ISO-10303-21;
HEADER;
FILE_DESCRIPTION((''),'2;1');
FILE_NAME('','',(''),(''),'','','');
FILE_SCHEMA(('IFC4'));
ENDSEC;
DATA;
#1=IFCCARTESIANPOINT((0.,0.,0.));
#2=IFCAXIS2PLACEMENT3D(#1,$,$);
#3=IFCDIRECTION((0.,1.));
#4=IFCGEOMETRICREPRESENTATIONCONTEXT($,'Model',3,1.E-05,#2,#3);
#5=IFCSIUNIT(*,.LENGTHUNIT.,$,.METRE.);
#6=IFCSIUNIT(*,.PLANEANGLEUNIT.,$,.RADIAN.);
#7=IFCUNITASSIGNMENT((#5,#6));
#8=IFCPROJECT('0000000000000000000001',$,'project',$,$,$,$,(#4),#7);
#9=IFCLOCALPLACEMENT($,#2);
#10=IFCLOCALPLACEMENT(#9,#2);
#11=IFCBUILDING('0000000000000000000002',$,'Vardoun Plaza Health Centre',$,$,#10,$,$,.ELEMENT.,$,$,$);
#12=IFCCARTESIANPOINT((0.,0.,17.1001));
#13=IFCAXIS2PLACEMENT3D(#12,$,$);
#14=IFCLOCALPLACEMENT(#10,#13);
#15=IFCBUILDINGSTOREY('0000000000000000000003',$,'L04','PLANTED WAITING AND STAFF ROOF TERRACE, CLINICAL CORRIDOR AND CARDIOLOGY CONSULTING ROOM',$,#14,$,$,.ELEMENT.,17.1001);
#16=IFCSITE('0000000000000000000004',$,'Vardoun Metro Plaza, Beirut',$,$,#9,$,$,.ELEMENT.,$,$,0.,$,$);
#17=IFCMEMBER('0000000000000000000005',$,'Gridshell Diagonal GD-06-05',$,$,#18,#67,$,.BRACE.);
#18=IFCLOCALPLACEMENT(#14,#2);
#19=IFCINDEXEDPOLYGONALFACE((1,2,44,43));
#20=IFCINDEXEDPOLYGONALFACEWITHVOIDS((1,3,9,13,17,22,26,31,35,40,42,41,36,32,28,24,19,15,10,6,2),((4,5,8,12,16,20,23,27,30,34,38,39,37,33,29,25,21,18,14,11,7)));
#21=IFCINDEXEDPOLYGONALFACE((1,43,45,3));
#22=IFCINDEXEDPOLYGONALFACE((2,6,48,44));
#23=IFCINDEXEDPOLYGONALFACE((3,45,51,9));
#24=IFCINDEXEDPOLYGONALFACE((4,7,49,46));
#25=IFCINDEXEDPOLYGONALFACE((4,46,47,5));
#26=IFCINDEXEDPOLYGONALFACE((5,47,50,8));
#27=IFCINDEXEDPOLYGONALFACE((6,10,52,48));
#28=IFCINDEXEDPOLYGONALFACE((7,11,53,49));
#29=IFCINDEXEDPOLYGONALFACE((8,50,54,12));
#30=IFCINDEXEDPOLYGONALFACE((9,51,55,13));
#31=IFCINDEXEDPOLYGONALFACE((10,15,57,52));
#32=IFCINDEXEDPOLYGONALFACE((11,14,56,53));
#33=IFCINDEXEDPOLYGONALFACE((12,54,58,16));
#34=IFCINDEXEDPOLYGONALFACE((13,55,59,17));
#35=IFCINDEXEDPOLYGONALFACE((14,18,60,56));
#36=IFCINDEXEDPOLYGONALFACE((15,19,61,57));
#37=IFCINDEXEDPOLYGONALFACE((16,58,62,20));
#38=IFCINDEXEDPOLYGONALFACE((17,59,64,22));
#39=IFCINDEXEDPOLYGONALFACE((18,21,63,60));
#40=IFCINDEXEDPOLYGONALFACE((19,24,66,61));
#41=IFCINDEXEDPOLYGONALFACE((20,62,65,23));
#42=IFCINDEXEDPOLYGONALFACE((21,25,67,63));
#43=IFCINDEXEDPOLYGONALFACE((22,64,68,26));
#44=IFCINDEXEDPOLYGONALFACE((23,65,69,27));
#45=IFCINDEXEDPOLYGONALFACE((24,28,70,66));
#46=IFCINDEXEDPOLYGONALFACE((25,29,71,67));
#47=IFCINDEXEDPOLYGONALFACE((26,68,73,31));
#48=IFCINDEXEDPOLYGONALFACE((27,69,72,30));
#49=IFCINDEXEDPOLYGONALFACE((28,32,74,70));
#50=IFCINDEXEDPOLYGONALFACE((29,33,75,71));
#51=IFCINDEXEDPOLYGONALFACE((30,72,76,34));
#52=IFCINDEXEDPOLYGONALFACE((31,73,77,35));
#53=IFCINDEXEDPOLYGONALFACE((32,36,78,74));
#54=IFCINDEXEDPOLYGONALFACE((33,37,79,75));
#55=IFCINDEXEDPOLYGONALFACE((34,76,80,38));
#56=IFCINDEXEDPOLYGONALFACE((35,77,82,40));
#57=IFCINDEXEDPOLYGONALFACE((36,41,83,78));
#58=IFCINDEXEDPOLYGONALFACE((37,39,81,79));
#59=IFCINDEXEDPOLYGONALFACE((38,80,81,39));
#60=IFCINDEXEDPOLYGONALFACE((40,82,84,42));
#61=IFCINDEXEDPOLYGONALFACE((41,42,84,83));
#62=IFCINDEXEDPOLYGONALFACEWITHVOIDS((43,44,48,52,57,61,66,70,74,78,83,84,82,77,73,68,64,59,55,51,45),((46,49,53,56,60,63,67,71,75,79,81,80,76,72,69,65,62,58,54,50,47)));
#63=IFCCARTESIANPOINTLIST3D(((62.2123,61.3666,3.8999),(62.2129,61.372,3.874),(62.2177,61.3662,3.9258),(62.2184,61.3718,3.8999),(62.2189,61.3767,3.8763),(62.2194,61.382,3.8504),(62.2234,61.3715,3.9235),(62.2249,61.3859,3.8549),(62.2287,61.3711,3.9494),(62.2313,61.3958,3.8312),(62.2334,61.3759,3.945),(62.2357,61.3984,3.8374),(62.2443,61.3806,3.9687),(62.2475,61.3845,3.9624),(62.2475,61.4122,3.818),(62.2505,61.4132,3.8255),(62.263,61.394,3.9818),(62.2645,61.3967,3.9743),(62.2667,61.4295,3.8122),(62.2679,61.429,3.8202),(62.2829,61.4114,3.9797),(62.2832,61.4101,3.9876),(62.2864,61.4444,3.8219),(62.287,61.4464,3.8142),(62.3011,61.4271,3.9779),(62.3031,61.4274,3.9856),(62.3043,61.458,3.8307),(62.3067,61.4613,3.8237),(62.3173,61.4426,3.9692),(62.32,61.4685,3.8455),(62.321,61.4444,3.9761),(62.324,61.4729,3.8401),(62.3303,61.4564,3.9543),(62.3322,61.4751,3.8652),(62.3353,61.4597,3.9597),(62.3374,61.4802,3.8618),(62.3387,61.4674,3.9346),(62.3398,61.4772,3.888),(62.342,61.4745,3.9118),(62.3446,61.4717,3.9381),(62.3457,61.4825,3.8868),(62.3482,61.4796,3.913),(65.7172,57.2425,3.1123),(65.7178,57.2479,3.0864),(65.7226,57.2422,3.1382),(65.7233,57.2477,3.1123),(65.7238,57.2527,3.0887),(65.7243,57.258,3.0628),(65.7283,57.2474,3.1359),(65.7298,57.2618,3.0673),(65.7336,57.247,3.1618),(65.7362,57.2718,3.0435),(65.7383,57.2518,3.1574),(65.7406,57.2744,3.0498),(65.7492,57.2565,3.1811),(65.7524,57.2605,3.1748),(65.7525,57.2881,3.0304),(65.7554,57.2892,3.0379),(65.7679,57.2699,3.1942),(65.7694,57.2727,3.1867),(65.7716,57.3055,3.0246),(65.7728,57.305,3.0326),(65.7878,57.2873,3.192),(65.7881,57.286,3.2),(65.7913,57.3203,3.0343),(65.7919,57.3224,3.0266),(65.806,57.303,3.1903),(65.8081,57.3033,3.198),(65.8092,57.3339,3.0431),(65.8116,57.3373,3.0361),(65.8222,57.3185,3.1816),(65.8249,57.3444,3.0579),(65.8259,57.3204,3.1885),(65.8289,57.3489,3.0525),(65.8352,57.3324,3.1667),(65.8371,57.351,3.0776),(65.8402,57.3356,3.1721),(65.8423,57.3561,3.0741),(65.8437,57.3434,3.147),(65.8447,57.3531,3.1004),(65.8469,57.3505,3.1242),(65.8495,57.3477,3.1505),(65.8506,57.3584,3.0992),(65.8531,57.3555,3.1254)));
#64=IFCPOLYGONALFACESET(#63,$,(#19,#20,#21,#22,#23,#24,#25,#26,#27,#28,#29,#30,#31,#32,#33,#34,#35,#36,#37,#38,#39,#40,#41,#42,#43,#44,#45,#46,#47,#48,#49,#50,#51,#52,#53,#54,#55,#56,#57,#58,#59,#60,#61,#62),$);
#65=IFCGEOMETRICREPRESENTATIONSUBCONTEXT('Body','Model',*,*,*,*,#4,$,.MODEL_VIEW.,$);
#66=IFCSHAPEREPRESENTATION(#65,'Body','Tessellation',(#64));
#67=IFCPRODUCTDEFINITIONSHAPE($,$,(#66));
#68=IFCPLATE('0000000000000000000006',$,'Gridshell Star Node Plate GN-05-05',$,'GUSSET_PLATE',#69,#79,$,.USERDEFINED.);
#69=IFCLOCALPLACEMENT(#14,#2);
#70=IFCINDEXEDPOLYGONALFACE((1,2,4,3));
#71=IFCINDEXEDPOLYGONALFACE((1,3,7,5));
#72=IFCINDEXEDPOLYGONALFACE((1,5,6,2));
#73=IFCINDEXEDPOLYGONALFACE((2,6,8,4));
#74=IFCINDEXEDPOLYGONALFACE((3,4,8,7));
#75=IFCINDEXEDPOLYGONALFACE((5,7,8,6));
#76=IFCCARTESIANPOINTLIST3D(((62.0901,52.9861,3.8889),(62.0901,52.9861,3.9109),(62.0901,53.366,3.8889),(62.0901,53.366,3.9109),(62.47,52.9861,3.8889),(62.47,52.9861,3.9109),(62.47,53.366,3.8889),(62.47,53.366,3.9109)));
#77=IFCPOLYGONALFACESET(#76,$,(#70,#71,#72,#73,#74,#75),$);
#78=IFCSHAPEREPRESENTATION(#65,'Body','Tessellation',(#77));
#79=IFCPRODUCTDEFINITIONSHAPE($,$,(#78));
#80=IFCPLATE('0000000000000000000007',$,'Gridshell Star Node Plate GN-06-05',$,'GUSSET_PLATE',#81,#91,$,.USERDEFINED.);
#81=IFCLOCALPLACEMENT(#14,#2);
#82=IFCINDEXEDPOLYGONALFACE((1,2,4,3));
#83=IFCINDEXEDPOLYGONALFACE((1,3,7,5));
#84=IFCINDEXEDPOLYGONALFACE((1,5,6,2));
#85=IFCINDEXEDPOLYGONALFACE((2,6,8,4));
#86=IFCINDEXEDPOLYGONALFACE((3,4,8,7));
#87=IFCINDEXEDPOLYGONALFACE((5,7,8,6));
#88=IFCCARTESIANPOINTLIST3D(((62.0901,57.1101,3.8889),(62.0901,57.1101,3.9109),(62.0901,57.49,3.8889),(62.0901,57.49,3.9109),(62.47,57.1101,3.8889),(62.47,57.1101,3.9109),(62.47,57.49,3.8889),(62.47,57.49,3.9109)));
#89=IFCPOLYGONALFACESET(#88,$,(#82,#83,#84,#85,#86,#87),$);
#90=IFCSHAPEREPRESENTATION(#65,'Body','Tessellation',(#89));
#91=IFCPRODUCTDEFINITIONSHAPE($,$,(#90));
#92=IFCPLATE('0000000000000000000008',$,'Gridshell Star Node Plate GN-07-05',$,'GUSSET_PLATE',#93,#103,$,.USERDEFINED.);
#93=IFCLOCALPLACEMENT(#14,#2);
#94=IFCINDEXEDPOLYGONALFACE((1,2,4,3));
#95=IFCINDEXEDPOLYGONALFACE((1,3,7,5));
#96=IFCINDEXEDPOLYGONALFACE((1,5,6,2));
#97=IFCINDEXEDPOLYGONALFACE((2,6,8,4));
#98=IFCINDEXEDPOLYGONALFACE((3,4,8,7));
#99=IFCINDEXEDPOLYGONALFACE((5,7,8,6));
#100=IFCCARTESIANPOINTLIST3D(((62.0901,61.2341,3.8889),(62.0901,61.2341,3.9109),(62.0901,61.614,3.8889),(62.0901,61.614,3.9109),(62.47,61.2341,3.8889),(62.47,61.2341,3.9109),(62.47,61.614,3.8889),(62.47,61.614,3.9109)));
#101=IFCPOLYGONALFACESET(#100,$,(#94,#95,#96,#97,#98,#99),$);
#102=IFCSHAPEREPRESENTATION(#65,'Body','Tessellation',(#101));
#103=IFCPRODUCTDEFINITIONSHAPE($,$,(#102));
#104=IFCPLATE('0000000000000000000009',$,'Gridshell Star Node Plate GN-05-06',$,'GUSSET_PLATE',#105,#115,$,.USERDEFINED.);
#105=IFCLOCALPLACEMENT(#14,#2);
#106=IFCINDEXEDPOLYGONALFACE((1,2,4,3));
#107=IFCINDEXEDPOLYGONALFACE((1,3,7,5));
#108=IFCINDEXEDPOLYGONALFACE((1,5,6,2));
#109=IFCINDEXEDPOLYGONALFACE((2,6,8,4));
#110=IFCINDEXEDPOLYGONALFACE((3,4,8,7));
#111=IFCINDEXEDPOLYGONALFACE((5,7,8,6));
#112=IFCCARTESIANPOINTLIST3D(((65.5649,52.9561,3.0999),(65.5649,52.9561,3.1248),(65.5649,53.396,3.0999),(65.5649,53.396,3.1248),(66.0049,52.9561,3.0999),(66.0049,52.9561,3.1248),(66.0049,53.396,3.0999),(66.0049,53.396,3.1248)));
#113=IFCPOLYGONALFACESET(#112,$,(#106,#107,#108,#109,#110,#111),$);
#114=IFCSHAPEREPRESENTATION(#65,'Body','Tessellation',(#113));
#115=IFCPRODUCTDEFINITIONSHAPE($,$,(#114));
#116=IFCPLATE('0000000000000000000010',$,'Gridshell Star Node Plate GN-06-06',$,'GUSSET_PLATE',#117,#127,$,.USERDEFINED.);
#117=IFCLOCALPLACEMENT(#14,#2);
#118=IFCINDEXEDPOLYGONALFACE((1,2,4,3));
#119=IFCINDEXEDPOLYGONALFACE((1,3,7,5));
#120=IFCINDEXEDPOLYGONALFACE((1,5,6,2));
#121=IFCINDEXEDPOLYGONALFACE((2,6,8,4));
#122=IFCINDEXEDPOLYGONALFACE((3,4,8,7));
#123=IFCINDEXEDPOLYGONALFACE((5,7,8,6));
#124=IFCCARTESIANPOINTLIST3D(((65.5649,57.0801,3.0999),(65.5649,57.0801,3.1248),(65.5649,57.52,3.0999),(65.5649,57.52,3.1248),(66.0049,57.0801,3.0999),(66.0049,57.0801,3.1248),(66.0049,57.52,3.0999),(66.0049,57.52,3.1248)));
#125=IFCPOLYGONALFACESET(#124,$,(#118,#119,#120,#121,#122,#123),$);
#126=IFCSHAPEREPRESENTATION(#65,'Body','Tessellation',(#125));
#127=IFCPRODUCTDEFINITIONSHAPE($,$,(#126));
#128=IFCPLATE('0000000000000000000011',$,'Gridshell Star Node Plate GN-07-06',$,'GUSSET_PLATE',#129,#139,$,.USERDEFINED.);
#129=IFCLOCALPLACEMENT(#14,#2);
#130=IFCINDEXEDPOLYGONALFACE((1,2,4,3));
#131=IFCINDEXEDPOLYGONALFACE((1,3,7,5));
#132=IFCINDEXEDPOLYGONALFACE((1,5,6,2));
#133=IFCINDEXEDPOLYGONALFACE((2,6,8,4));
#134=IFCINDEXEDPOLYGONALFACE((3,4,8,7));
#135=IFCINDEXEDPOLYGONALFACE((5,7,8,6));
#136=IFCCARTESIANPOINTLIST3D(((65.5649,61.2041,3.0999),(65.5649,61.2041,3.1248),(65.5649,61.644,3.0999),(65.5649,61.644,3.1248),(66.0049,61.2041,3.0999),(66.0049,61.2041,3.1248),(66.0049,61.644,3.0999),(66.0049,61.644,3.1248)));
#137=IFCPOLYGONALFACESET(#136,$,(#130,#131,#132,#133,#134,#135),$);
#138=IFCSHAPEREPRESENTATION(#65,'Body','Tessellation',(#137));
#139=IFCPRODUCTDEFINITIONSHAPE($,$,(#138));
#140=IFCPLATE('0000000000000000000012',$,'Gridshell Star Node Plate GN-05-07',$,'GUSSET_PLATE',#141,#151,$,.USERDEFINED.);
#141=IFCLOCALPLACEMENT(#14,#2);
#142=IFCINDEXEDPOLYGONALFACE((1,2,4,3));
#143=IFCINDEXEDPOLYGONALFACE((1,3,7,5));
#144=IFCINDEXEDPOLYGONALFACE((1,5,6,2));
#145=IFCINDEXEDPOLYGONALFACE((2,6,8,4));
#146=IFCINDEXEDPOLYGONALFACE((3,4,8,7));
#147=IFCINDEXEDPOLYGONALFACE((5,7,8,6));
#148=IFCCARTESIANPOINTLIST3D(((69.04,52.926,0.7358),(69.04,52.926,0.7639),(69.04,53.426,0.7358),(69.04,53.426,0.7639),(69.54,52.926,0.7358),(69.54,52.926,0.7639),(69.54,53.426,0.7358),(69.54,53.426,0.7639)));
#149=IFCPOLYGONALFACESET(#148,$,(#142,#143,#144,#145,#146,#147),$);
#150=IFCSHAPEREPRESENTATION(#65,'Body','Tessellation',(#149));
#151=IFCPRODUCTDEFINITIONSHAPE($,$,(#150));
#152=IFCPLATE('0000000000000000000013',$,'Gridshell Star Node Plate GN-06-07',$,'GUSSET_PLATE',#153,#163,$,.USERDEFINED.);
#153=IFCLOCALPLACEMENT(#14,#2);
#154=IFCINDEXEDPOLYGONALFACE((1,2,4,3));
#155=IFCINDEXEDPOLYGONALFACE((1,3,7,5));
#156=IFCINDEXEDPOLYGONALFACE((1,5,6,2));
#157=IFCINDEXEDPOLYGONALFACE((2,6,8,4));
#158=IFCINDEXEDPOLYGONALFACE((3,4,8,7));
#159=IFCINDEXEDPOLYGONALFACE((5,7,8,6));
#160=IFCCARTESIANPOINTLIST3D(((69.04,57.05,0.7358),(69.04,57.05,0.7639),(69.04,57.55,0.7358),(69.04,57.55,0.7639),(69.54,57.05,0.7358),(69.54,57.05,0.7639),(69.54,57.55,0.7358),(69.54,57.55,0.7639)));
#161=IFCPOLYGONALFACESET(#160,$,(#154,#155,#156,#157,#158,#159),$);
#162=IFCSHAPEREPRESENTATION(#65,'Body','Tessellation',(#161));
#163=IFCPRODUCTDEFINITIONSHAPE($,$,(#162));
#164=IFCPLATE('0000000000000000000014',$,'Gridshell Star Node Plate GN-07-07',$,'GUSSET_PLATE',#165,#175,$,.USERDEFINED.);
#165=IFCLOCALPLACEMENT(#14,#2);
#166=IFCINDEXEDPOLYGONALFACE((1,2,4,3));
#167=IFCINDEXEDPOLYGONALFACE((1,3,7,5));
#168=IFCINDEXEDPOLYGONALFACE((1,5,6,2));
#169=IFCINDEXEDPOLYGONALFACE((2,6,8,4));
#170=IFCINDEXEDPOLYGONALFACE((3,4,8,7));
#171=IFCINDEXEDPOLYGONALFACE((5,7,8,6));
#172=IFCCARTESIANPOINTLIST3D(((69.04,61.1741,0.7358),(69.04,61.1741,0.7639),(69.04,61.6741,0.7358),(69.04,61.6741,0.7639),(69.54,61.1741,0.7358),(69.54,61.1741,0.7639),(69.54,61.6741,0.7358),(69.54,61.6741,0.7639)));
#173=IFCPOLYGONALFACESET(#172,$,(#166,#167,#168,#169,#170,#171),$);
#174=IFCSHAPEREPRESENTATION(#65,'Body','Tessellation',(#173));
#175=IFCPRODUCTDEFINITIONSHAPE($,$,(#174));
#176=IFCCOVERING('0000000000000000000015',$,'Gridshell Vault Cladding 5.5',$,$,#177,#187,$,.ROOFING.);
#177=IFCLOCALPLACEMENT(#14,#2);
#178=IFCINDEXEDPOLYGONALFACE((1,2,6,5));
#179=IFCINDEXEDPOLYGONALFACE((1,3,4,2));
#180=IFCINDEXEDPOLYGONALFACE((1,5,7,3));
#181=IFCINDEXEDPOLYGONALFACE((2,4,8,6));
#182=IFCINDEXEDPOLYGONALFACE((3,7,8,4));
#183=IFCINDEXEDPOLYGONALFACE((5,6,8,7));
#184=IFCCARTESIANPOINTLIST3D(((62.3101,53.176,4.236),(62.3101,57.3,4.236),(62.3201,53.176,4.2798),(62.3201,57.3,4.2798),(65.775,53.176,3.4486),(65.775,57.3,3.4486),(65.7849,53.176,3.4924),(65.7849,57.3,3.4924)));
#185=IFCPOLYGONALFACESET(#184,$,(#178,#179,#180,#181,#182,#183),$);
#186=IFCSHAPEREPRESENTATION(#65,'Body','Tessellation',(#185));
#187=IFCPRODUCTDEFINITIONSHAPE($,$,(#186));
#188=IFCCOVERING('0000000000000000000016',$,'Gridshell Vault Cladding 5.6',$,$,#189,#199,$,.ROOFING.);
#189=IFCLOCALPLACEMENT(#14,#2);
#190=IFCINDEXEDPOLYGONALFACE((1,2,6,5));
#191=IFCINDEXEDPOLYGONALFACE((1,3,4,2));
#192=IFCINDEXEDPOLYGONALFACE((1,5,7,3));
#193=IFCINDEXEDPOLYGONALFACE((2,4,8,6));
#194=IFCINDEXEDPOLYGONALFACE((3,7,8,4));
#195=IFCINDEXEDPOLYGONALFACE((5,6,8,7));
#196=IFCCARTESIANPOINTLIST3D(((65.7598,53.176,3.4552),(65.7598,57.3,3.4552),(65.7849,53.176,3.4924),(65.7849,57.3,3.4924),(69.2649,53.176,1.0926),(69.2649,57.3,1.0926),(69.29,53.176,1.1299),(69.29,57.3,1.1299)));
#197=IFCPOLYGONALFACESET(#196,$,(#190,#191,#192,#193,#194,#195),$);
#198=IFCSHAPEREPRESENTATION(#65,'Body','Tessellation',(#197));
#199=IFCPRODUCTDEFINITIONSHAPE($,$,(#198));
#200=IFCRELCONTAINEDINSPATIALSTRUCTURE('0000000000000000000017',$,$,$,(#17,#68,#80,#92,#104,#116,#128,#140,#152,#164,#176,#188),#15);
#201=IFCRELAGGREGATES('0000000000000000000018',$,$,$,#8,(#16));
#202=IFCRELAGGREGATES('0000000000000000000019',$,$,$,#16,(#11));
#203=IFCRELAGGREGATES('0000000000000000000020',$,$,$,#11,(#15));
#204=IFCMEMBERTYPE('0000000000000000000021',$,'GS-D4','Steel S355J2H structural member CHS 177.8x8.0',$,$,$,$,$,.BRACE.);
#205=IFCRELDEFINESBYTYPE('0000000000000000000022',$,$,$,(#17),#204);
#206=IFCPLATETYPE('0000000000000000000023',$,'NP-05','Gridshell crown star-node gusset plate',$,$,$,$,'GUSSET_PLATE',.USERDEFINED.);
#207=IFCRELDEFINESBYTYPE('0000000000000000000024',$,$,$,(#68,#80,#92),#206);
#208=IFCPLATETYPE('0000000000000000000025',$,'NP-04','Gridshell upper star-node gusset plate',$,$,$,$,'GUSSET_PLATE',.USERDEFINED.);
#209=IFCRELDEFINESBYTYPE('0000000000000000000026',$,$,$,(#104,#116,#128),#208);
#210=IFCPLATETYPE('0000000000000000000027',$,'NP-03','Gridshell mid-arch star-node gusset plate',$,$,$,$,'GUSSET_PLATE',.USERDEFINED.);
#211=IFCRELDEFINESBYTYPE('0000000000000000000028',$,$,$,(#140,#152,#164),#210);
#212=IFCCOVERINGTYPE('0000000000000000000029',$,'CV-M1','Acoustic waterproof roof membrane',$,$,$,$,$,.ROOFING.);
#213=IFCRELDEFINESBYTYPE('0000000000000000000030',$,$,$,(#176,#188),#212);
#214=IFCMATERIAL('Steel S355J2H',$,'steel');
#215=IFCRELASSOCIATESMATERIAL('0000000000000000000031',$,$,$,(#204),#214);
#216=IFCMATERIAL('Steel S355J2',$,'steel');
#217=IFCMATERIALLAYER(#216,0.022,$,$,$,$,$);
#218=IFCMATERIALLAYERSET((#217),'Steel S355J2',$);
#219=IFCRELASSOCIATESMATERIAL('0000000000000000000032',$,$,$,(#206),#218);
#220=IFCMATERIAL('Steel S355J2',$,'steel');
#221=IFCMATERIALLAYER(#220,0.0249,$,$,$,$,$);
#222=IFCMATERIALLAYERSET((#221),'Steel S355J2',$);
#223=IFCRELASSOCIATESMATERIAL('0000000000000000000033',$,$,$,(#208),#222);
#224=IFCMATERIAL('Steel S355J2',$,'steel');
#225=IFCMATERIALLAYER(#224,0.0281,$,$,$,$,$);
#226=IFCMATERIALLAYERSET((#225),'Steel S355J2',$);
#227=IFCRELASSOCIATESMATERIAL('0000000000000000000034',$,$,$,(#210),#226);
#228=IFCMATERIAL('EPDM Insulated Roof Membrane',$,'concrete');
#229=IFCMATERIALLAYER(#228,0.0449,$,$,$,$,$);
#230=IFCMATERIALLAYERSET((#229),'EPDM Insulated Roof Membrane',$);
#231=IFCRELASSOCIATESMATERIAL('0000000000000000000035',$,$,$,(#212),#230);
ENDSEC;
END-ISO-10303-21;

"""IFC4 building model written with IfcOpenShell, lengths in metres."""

from ifc_helpers import new_model, si_unit, direction, frame, origin, origin_2d, place, context, subcontext, project, spatial, polyline, rectangle, hollow_circle, outline, extrude, material, layer, layer_set, material_profile, profile_set, type_object, element, save


model = new_model("IFC4")

# Units and contexts
model_context = context("Model", 3, precision=1e-05, world=origin(), true_north=direction((0.0, 1.0)))
body_context = subcontext(model_context, "Body", "Model", "MODEL_VIEW")
ifc_project = project(units=[si_unit("LENGTHUNIT", "METRE"), si_unit("PLANEANGLEUNIT", "RADIAN")], contexts=[model_context])

# Site, building, storey
site_placement = place(None, origin())
site = spatial("IfcSite", under=ifc_project, at=site_placement, Name="Vardoun Metro Plaza, Beirut", CompositionType="ELEMENT", RefElevation=0.0)
building_placement = place(site_placement, origin())
building = spatial("IfcBuilding", under=site, at=building_placement, Name="Vardoun Plaza Health Centre", CompositionType="ELEMENT")
storey_placement = place(building_placement, frame((0.0, 0.0, 17.1001)))
storey = spatial("IfcBuildingStorey", under=building, at=storey_placement, Name="L04", Description="PLANTED WAITING AND STAFF ROOF TERRACE, CLINICAL CORRIDOR AND CARDIOLOGY CONSULTING ROOM", CompositionType="ELEMENT", Elevation=17.1001)

# Member
ifc_material_1 = material(Name="Steel S355J2H", Category="steel")
ifc_material_profile_1 = material_profile(ifc_material_1, hollow_circle(Radius=0.0889, WallThickness=0.0081, at=origin_2d()), Name="CHS 177.8x8.0")
ifc_profile_set_1 = profile_set([ifc_material_profile_1], Name="Steel S355J2H")
member_type_1 = type_object("IfcMemberType", Name="GS-D4", Description="Steel S355J2H structural member CHS 177.8x8.0", PredefinedType="BRACE", material=ifc_profile_set_1)
member_1_placement = place(storey_placement, frame((65.7849, 57.3, 3.1123), z_axis=(-0.640841, 0.754046, 0.144006), x_axis=(-0.761988, -0.647591, 0.0)))
element("IfcMember", 1, at=member_1_placement, inside=storey, type_object=member_type_1, Name="Gridshell Diagonal GD-06-05", PredefinedType="BRACE", context=body_context, shape_type="SweptSolid", body=[
    extrude(hollow_circle(Radius=0.0889, WallThickness=0.0081, at=origin_2d()), origin(), (0.0, 0.0, 1.0), 5.4692),
])

# Plates
ifc_material_2 = material(Name="Steel S355J2", Category="steel")
ifc_layer_1 = layer(ifc_material_2, 0.022)
ifc_layer_set_1 = layer_set([ifc_layer_1], Name="Steel S355J2")
plate_type_1 = type_object("IfcPlateType", Name="NP-05", Description="Gridshell crown star-node gusset plate", ElementType="GUSSET_PLATE", PredefinedType="USERDEFINED", material=ifc_layer_set_1)
for number, where, z_axis, x_axis, name in (
    (2, (62.28, 53.176, 3.8889), (0.0, 0.0, 1.0), (1.0, 0.0, 0.0), "Gridshell Star Node Plate GN-05-05"),
    (3, (62.28, 57.3, 3.8889), (0.0, 0.0, 1.0), (1.0, 0.0, 0.0), "Gridshell Star Node Plate GN-06-05"),
    (4, (62.28, 61.4241, 3.8889), (0.0, 0.0, 1.0), (1.0, 0.0, 0.0), "Gridshell Star Node Plate GN-07-05"),
):
    element("IfcPlate", number, at=place(storey_placement, frame(where, z_axis=z_axis, x_axis=x_axis)), inside=storey, type_object=plate_type_1, Name=name, ObjectType="GUSSET_PLATE", PredefinedType="USERDEFINED", context=body_context, shape_type="SweptSolid", body=[
        extrude(rectangle(XDim=0.3799, YDim=0.3799, at=origin_2d()), origin(), (0.0, 0.0, 1.0), 0.022),
    ])
ifc_material_3 = material(Name="Steel S355J2", Category="steel")
ifc_layer_2 = layer(ifc_material_3, 0.0249)
ifc_layer_set_2 = layer_set([ifc_layer_2], Name="Steel S355J2")
plate_type_2 = type_object("IfcPlateType", Name="NP-04", Description="Gridshell upper star-node gusset plate", ElementType="GUSSET_PLATE", PredefinedType="USERDEFINED", material=ifc_layer_set_2)
for number, where, z_axis, x_axis, name in (
    (5, (65.7849, 53.176, 3.0999), (0.0, 0.0, 1.0), (1.0, 0.0, 0.0), "Gridshell Star Node Plate GN-05-06"),
    (6, (65.7849, 57.3, 3.0999), (0.0, 0.0, 1.0), (1.0, 0.0, 0.0), "Gridshell Star Node Plate GN-06-06"),
    (7, (65.7849, 61.4241, 3.0999), (0.0, 0.0, 1.0), (1.0, 0.0, 0.0), "Gridshell Star Node Plate GN-07-06"),
):
    element("IfcPlate", number, at=place(storey_placement, frame(where, z_axis=z_axis, x_axis=x_axis)), inside=storey, type_object=plate_type_2, Name=name, ObjectType="GUSSET_PLATE", PredefinedType="USERDEFINED", context=body_context, shape_type="SweptSolid", body=[
        extrude(rectangle(XDim=0.4399, YDim=0.4399, at=origin_2d()), origin(), (0.0, 0.0, 1.0), 0.0249),
    ])
ifc_material_4 = material(Name="Steel S355J2", Category="steel")
ifc_layer_3 = layer(ifc_material_4, 0.0281)
ifc_layer_set_3 = layer_set([ifc_layer_3], Name="Steel S355J2")
plate_type_3 = type_object("IfcPlateType", Name="NP-03", Description="Gridshell mid-arch star-node gusset plate", ElementType="GUSSET_PLATE", PredefinedType="USERDEFINED", material=ifc_layer_set_3)
for number, where, z_axis, x_axis, name in (
    (8, (69.29, 53.176, 0.7358), (0.0, 0.0, 1.0), (1.0, 0.0, 0.0), "Gridshell Star Node Plate GN-05-07"),
    (9, (69.29, 57.3, 0.7358), (0.0, 0.0, 1.0), (1.0, 0.0, 0.0), "Gridshell Star Node Plate GN-06-07"),
    (10, (69.29, 61.4241, 0.7358), (0.0, 0.0, 1.0), (1.0, 0.0, 0.0), "Gridshell Star Node Plate GN-07-07"),
):
    element("IfcPlate", number, at=place(storey_placement, frame(where, z_axis=z_axis, x_axis=x_axis)), inside=storey, type_object=plate_type_3, Name=name, ObjectType="GUSSET_PLATE", PredefinedType="USERDEFINED", context=body_context, shape_type="SweptSolid", body=[
        extrude(rectangle(XDim=0.5, YDim=0.5, at=origin_2d()), origin(), (0.0, 0.0, 1.0), 0.0281),
    ])

# Coverings
ifc_material_5 = material(Name="EPDM Insulated Roof Membrane", Category="concrete")
ifc_layer_4 = layer(ifc_material_5, 0.0449)
ifc_layer_set_4 = layer_set([ifc_layer_4], Name="EPDM Insulated Roof Membrane")
covering_type = type_object("IfcCoveringType", Name="CV-M1", Description="Acoustic waterproof roof membrane", PredefinedType="ROOFING", material=ifc_layer_set_4)
covering_1_placement = place(storey_placement, frame((62.3201, 53.176, 4.2798), z_axis=(0.221591, 0.0, 0.97514), x_axis=(0.97514, 0.0, -0.221591)))
element("IfcCovering", 11, at=covering_1_placement, inside=storey, type_object=covering_type, Name="Gridshell Vault Cladding 5.5", PredefinedType="ROOFING", context=body_context, shape_type="SweptSolid", body=[
    extrude(outline(polyline([(0.0, 0.0), (3.5532, 0.0), (3.5532, 4.124), (0.0, 4.124), (0.0, 0.0)])), origin(), (0.0, 0.0, -1.0), 0.0449),
])
covering_2_placement = place(storey_placement, frame((65.7849, 53.176, 3.4924), z_axis=(0.558918, 0.0, 0.829223), x_axis=(0.829223, 0.0, -0.558918)))
element("IfcCovering", 12, at=covering_2_placement, inside=storey, type_object=covering_type, Name="Gridshell Vault Cladding 5.6", PredefinedType="ROOFING", context=body_context, shape_type="SweptSolid", body=[
    extrude(outline(polyline([(0.0, 0.0), (4.227, 0.0), (4.227, 4.124), (0.0, 4.124), (0.0, 0.0)])), origin(), (0.0, 0.0, -1.0), 0.0449),
])

save(model, "model.ifc")
